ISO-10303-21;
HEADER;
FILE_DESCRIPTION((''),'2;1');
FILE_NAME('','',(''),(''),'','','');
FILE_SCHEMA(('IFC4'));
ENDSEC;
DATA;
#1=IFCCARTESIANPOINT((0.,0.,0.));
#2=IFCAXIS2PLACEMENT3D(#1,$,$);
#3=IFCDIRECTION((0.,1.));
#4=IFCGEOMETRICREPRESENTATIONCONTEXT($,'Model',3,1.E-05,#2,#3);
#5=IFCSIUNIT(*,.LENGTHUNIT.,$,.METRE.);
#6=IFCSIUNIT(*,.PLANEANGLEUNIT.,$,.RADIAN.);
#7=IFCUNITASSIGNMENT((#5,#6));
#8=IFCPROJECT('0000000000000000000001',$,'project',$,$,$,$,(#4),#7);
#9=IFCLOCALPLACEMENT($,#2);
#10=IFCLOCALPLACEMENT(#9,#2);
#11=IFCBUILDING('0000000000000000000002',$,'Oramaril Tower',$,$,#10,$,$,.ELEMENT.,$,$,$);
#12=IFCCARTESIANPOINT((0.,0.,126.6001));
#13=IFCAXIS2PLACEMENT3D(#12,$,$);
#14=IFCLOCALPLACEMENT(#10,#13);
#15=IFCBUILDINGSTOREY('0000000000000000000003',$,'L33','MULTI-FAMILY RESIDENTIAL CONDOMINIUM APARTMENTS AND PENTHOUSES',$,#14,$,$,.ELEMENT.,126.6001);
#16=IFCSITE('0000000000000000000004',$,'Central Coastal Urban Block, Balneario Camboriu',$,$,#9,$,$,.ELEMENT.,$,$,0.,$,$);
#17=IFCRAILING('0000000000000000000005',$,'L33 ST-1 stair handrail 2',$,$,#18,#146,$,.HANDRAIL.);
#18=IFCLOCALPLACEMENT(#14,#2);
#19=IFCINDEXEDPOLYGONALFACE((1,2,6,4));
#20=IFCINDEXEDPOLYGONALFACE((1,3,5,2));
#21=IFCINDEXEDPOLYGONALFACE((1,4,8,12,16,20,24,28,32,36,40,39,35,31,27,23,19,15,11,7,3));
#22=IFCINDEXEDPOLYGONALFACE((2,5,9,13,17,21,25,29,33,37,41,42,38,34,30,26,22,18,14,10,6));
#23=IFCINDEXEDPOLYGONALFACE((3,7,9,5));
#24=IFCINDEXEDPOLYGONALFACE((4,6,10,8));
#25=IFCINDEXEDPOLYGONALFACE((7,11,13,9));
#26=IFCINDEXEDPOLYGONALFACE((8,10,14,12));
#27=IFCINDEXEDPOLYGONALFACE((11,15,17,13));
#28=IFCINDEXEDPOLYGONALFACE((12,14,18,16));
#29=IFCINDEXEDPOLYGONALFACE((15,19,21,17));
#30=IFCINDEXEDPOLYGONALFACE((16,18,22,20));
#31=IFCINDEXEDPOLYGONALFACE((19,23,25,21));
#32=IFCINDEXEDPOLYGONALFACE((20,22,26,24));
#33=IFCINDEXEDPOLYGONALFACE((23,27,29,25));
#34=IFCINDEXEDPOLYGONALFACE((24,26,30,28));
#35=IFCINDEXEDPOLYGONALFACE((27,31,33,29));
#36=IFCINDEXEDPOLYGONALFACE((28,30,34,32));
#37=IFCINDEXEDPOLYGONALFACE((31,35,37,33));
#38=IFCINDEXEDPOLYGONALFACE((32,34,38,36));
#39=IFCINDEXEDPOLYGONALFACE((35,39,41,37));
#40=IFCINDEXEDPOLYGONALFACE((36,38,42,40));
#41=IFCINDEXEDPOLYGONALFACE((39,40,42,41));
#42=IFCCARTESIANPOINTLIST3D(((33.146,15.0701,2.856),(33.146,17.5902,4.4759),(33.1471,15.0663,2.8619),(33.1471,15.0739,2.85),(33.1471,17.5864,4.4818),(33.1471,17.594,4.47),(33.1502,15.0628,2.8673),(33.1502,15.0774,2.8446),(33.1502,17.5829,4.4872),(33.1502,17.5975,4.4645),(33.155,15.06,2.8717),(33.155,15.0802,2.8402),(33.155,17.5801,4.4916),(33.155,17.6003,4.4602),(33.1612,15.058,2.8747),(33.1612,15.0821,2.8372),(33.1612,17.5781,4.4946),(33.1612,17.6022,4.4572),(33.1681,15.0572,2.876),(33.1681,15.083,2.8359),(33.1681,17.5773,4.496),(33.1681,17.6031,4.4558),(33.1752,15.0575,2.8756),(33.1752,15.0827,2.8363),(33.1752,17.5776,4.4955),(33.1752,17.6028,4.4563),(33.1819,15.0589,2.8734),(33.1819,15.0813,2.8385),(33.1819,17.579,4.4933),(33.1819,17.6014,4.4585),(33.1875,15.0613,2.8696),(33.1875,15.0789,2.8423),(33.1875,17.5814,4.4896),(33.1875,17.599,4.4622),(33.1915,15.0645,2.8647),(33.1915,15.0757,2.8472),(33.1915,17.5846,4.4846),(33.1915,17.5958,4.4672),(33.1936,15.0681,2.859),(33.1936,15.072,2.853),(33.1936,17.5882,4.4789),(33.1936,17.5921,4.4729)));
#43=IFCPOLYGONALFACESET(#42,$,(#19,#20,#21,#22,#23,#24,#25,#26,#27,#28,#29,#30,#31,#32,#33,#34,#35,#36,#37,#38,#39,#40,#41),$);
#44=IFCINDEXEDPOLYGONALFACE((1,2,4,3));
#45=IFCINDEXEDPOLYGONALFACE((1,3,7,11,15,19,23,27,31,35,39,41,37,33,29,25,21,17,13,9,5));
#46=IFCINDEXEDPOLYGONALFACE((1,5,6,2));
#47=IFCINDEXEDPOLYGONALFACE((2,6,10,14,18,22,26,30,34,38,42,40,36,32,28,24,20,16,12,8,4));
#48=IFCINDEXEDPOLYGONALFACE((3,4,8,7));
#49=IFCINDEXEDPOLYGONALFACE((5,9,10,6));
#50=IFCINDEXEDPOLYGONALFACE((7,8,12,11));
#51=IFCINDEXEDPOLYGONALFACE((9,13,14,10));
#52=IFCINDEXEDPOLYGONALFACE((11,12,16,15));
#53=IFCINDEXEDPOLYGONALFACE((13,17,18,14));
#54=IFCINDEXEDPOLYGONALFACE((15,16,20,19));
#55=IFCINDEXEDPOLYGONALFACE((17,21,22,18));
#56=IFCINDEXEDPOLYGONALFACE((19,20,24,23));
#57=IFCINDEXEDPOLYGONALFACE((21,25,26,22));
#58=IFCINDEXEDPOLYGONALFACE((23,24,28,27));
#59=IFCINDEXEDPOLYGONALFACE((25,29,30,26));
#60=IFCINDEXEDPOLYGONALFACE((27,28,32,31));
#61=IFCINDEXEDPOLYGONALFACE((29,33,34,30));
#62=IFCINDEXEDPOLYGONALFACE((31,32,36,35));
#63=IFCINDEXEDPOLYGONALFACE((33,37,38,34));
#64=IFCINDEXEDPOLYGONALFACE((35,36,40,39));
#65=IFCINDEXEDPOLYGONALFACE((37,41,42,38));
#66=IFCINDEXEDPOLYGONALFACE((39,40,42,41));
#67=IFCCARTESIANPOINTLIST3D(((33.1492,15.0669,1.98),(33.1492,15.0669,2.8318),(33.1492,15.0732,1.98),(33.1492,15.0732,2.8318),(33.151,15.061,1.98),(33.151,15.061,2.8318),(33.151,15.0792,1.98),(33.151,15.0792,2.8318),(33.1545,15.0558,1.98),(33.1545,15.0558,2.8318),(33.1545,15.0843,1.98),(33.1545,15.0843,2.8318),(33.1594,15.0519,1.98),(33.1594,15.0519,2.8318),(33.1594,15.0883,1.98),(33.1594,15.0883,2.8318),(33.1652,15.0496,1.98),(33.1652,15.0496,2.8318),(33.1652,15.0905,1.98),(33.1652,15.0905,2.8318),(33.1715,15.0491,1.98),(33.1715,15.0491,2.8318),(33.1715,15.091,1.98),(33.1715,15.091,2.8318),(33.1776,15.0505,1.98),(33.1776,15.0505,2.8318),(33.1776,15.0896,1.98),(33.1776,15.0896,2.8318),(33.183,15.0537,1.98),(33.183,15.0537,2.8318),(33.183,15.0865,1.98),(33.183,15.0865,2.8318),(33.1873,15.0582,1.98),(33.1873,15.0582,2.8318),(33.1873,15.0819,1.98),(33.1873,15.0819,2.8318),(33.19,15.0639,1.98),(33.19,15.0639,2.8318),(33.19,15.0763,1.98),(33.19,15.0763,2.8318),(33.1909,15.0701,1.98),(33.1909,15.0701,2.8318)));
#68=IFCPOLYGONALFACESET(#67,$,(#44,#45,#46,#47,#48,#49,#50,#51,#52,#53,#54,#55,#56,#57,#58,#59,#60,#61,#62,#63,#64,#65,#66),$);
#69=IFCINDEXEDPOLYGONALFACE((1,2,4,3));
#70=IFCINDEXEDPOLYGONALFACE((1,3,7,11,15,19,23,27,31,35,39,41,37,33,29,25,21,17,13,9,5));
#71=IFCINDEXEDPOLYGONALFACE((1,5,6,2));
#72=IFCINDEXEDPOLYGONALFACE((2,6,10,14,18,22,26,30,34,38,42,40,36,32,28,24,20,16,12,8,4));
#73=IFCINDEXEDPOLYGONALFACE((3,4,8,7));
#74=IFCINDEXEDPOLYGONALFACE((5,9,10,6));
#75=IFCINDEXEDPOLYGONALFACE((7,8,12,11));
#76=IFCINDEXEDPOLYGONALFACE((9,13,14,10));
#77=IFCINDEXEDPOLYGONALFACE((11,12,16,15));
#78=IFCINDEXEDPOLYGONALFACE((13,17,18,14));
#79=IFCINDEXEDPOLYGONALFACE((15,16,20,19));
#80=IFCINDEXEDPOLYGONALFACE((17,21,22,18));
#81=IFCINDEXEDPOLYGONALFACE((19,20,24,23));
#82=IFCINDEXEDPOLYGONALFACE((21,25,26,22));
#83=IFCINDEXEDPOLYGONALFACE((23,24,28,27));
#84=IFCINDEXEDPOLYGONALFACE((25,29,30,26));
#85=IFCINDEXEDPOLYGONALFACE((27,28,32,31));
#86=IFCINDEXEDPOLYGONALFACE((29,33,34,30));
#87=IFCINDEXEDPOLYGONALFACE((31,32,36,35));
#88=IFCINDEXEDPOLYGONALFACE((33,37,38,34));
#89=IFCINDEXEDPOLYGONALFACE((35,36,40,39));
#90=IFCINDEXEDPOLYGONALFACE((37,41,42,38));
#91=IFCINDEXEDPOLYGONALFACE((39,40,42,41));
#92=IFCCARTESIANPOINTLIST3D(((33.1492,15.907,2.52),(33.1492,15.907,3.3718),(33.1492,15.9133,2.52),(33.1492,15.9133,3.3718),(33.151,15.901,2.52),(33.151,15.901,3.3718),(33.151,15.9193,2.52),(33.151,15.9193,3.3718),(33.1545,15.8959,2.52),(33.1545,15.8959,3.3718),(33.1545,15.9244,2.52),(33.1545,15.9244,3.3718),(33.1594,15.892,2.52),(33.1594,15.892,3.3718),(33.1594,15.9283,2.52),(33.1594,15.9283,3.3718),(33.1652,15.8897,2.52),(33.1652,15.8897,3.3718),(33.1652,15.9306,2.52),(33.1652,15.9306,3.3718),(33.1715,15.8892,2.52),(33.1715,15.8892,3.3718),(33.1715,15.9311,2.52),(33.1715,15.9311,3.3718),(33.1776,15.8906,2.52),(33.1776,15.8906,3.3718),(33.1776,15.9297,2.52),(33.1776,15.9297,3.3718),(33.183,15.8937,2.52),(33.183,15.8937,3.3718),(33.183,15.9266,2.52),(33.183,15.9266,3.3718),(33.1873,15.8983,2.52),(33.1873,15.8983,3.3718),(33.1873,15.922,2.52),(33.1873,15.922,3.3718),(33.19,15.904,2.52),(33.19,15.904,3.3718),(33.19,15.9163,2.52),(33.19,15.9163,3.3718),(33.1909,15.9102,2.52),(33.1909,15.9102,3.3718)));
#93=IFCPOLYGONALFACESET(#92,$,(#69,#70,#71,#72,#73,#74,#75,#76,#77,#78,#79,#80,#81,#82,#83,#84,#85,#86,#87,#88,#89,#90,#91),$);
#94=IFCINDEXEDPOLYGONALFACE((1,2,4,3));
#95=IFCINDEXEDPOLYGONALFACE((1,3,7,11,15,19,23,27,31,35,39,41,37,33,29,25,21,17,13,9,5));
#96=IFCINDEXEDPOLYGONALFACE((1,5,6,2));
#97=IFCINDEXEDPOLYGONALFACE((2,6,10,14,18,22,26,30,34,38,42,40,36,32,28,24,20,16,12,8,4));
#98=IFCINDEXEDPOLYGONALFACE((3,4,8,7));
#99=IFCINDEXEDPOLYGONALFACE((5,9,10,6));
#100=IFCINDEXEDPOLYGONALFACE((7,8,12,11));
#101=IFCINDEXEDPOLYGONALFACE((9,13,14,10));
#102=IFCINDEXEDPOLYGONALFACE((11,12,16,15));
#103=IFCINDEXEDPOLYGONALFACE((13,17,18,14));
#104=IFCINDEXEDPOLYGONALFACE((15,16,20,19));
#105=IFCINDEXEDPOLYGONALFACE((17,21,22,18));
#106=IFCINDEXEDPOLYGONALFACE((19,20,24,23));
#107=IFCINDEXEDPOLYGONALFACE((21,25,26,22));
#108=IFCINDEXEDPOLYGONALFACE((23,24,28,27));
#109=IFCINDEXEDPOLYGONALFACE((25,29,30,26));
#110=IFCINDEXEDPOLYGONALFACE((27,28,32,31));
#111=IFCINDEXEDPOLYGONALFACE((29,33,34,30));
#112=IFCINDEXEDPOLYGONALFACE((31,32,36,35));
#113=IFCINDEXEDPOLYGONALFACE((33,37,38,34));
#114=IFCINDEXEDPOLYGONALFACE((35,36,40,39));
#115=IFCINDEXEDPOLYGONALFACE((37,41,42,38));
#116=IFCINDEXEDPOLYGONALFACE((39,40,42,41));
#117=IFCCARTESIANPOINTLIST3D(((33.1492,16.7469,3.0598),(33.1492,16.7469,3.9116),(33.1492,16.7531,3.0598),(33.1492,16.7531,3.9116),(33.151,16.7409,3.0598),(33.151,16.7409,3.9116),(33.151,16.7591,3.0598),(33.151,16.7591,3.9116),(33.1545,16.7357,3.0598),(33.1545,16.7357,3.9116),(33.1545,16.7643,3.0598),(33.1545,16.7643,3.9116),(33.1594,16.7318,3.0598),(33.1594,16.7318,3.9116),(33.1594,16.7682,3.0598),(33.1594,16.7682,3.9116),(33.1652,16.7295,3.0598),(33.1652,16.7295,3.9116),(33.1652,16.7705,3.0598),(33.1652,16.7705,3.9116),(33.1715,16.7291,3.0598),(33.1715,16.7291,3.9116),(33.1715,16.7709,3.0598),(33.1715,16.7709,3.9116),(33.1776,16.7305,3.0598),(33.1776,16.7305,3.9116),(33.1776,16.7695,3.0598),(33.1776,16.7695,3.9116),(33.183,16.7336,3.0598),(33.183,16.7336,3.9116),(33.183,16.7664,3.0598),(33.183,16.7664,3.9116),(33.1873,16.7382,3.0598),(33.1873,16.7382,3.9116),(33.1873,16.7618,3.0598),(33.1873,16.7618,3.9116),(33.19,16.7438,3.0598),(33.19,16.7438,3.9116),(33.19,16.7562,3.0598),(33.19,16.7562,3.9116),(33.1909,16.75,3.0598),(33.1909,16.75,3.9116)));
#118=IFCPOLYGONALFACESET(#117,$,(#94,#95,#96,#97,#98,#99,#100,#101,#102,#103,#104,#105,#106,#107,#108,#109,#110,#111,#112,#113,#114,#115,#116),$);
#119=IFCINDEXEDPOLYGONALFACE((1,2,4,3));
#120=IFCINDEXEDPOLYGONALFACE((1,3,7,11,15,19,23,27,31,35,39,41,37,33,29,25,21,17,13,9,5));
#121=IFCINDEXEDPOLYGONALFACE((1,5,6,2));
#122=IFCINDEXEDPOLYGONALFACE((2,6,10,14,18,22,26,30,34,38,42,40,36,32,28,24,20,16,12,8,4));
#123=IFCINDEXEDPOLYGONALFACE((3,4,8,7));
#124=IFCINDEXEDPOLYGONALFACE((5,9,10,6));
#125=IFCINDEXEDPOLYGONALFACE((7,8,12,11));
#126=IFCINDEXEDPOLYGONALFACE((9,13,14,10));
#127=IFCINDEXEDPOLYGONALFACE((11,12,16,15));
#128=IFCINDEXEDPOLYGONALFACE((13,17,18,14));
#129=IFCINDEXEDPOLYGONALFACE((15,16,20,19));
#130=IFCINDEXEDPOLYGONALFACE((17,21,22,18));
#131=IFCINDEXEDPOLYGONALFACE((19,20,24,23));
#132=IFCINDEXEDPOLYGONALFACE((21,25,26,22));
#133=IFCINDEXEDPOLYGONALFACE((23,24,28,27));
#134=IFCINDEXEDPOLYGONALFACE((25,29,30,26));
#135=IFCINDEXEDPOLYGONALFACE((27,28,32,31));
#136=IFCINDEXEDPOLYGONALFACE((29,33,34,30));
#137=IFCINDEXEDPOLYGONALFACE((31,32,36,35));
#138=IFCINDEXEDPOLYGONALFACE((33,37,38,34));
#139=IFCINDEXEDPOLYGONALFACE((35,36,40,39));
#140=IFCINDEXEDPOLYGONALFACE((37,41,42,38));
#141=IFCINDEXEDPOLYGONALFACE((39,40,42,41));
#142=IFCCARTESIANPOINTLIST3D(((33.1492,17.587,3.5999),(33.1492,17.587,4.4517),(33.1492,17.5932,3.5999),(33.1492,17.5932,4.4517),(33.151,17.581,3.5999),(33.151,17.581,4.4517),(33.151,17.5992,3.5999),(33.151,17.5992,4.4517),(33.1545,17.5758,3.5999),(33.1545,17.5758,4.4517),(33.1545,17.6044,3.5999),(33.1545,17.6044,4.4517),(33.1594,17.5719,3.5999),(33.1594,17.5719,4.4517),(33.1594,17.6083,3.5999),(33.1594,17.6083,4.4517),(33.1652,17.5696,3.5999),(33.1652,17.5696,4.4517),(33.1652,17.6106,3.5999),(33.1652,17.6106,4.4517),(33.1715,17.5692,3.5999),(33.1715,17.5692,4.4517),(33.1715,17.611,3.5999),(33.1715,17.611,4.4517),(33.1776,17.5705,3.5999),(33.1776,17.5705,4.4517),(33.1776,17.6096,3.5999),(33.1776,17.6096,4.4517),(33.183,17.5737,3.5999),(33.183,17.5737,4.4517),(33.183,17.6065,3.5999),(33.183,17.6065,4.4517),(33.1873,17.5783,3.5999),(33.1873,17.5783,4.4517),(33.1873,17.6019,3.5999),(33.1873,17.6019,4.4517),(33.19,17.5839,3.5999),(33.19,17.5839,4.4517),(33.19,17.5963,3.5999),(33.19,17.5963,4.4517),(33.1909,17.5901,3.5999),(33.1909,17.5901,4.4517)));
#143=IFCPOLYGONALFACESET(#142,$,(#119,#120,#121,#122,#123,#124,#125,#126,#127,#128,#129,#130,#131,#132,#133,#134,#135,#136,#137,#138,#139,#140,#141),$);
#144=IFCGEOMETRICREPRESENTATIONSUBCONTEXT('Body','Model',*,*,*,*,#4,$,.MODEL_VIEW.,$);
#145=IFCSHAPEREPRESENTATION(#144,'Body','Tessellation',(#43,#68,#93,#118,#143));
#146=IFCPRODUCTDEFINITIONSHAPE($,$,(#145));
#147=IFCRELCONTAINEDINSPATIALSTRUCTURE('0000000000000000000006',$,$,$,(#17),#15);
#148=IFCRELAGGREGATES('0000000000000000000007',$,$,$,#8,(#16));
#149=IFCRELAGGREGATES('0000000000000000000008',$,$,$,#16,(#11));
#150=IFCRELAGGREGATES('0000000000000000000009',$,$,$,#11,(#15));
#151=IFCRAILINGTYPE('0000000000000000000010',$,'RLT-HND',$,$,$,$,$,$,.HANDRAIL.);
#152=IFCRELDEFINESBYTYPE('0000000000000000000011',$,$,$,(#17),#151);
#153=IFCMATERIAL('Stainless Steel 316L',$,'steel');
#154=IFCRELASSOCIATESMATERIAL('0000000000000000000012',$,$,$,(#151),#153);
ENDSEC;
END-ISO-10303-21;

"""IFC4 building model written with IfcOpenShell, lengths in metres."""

from ifc_helpers import new_model, si_unit, direction, frame, origin, origin_2d, place, context, subcontext, project, spatial, circle, extrude, material, type_object, element, save


model = new_model("IFC4")

# Units and contexts
model_context = context("Model", 3, precision=1e-05, world=origin(), true_north=direction((0.0, 1.0)))
body_context = subcontext(model_context, "Body", "Model", "MODEL_VIEW")
ifc_project = project(units=[si_unit("LENGTHUNIT", "METRE"), si_unit("PLANEANGLEUNIT", "RADIAN")], contexts=[model_context])

# Site, building, storey
site_placement = place(None, origin())
site = spatial("IfcSite", under=ifc_project, at=site_placement, Name="Central Coastal Urban Block, Balneario Camboriu", CompositionType="ELEMENT", RefElevation=0.0)
building_placement = place(site_placement, origin())
building = spatial("IfcBuilding", under=site, at=building_placement, Name="Oramaril Tower", CompositionType="ELEMENT")
storey_placement = place(building_placement, frame((0.0, 0.0, 126.6001)))
storey = spatial("IfcBuildingStorey", under=building, at=storey_placement, Name="L33", Description="MULTI-FAMILY RESIDENTIAL CONDOMINIUM APARTMENTS AND PENTHOUSES", CompositionType="ELEMENT", Elevation=126.6001)

# Railing
ifc_material_1 = material(Name="Stainless Steel 316L", Category="steel")
railing_type_1 = type_object("IfcRailingType", Name="RLT-HND", PredefinedType="HANDRAIL", material=ifc_material_1)
railing_1_placement = place(storey_placement, frame((33.1699, 15.0701, 1.98)))
element("IfcRailing", 1, at=railing_1_placement, inside=storey, type_object=railing_type_1, Name="L33 ST-1 stair handrail 2", PredefinedType="HANDRAIL", context=body_context, shape_type="SweptSolid", body=[
    extrude(circle(Radius=0.0239, at=origin_2d()), frame((0.0, 0.0, 0.876), z_axis=(0.0, 0.8412, 0.540725), x_axis=(-1.0, 0.0, 0.0)), (0.0, 0.0, 1.0), 2.9958),
    extrude(circle(Radius=0.021, at=origin_2d()), origin(), (0.0, 0.0, 1.0), 0.8518),
    extrude(circle(Radius=0.021, at=origin_2d()), frame((0.0, 0.8401, 0.54)), (0.0, 0.0, 1.0), 0.8518),
    extrude(circle(Radius=0.021, at=origin_2d()), frame((0.0, 1.6799, 1.0798)), (0.0, 0.0, 1.0), 0.8518),
    extrude(circle(Radius=0.021, at=origin_2d()), frame((0.0, 2.52, 1.6199)), (0.0, 0.0, 1.0), 0.8518),
])

save(model, "model.ifc")
